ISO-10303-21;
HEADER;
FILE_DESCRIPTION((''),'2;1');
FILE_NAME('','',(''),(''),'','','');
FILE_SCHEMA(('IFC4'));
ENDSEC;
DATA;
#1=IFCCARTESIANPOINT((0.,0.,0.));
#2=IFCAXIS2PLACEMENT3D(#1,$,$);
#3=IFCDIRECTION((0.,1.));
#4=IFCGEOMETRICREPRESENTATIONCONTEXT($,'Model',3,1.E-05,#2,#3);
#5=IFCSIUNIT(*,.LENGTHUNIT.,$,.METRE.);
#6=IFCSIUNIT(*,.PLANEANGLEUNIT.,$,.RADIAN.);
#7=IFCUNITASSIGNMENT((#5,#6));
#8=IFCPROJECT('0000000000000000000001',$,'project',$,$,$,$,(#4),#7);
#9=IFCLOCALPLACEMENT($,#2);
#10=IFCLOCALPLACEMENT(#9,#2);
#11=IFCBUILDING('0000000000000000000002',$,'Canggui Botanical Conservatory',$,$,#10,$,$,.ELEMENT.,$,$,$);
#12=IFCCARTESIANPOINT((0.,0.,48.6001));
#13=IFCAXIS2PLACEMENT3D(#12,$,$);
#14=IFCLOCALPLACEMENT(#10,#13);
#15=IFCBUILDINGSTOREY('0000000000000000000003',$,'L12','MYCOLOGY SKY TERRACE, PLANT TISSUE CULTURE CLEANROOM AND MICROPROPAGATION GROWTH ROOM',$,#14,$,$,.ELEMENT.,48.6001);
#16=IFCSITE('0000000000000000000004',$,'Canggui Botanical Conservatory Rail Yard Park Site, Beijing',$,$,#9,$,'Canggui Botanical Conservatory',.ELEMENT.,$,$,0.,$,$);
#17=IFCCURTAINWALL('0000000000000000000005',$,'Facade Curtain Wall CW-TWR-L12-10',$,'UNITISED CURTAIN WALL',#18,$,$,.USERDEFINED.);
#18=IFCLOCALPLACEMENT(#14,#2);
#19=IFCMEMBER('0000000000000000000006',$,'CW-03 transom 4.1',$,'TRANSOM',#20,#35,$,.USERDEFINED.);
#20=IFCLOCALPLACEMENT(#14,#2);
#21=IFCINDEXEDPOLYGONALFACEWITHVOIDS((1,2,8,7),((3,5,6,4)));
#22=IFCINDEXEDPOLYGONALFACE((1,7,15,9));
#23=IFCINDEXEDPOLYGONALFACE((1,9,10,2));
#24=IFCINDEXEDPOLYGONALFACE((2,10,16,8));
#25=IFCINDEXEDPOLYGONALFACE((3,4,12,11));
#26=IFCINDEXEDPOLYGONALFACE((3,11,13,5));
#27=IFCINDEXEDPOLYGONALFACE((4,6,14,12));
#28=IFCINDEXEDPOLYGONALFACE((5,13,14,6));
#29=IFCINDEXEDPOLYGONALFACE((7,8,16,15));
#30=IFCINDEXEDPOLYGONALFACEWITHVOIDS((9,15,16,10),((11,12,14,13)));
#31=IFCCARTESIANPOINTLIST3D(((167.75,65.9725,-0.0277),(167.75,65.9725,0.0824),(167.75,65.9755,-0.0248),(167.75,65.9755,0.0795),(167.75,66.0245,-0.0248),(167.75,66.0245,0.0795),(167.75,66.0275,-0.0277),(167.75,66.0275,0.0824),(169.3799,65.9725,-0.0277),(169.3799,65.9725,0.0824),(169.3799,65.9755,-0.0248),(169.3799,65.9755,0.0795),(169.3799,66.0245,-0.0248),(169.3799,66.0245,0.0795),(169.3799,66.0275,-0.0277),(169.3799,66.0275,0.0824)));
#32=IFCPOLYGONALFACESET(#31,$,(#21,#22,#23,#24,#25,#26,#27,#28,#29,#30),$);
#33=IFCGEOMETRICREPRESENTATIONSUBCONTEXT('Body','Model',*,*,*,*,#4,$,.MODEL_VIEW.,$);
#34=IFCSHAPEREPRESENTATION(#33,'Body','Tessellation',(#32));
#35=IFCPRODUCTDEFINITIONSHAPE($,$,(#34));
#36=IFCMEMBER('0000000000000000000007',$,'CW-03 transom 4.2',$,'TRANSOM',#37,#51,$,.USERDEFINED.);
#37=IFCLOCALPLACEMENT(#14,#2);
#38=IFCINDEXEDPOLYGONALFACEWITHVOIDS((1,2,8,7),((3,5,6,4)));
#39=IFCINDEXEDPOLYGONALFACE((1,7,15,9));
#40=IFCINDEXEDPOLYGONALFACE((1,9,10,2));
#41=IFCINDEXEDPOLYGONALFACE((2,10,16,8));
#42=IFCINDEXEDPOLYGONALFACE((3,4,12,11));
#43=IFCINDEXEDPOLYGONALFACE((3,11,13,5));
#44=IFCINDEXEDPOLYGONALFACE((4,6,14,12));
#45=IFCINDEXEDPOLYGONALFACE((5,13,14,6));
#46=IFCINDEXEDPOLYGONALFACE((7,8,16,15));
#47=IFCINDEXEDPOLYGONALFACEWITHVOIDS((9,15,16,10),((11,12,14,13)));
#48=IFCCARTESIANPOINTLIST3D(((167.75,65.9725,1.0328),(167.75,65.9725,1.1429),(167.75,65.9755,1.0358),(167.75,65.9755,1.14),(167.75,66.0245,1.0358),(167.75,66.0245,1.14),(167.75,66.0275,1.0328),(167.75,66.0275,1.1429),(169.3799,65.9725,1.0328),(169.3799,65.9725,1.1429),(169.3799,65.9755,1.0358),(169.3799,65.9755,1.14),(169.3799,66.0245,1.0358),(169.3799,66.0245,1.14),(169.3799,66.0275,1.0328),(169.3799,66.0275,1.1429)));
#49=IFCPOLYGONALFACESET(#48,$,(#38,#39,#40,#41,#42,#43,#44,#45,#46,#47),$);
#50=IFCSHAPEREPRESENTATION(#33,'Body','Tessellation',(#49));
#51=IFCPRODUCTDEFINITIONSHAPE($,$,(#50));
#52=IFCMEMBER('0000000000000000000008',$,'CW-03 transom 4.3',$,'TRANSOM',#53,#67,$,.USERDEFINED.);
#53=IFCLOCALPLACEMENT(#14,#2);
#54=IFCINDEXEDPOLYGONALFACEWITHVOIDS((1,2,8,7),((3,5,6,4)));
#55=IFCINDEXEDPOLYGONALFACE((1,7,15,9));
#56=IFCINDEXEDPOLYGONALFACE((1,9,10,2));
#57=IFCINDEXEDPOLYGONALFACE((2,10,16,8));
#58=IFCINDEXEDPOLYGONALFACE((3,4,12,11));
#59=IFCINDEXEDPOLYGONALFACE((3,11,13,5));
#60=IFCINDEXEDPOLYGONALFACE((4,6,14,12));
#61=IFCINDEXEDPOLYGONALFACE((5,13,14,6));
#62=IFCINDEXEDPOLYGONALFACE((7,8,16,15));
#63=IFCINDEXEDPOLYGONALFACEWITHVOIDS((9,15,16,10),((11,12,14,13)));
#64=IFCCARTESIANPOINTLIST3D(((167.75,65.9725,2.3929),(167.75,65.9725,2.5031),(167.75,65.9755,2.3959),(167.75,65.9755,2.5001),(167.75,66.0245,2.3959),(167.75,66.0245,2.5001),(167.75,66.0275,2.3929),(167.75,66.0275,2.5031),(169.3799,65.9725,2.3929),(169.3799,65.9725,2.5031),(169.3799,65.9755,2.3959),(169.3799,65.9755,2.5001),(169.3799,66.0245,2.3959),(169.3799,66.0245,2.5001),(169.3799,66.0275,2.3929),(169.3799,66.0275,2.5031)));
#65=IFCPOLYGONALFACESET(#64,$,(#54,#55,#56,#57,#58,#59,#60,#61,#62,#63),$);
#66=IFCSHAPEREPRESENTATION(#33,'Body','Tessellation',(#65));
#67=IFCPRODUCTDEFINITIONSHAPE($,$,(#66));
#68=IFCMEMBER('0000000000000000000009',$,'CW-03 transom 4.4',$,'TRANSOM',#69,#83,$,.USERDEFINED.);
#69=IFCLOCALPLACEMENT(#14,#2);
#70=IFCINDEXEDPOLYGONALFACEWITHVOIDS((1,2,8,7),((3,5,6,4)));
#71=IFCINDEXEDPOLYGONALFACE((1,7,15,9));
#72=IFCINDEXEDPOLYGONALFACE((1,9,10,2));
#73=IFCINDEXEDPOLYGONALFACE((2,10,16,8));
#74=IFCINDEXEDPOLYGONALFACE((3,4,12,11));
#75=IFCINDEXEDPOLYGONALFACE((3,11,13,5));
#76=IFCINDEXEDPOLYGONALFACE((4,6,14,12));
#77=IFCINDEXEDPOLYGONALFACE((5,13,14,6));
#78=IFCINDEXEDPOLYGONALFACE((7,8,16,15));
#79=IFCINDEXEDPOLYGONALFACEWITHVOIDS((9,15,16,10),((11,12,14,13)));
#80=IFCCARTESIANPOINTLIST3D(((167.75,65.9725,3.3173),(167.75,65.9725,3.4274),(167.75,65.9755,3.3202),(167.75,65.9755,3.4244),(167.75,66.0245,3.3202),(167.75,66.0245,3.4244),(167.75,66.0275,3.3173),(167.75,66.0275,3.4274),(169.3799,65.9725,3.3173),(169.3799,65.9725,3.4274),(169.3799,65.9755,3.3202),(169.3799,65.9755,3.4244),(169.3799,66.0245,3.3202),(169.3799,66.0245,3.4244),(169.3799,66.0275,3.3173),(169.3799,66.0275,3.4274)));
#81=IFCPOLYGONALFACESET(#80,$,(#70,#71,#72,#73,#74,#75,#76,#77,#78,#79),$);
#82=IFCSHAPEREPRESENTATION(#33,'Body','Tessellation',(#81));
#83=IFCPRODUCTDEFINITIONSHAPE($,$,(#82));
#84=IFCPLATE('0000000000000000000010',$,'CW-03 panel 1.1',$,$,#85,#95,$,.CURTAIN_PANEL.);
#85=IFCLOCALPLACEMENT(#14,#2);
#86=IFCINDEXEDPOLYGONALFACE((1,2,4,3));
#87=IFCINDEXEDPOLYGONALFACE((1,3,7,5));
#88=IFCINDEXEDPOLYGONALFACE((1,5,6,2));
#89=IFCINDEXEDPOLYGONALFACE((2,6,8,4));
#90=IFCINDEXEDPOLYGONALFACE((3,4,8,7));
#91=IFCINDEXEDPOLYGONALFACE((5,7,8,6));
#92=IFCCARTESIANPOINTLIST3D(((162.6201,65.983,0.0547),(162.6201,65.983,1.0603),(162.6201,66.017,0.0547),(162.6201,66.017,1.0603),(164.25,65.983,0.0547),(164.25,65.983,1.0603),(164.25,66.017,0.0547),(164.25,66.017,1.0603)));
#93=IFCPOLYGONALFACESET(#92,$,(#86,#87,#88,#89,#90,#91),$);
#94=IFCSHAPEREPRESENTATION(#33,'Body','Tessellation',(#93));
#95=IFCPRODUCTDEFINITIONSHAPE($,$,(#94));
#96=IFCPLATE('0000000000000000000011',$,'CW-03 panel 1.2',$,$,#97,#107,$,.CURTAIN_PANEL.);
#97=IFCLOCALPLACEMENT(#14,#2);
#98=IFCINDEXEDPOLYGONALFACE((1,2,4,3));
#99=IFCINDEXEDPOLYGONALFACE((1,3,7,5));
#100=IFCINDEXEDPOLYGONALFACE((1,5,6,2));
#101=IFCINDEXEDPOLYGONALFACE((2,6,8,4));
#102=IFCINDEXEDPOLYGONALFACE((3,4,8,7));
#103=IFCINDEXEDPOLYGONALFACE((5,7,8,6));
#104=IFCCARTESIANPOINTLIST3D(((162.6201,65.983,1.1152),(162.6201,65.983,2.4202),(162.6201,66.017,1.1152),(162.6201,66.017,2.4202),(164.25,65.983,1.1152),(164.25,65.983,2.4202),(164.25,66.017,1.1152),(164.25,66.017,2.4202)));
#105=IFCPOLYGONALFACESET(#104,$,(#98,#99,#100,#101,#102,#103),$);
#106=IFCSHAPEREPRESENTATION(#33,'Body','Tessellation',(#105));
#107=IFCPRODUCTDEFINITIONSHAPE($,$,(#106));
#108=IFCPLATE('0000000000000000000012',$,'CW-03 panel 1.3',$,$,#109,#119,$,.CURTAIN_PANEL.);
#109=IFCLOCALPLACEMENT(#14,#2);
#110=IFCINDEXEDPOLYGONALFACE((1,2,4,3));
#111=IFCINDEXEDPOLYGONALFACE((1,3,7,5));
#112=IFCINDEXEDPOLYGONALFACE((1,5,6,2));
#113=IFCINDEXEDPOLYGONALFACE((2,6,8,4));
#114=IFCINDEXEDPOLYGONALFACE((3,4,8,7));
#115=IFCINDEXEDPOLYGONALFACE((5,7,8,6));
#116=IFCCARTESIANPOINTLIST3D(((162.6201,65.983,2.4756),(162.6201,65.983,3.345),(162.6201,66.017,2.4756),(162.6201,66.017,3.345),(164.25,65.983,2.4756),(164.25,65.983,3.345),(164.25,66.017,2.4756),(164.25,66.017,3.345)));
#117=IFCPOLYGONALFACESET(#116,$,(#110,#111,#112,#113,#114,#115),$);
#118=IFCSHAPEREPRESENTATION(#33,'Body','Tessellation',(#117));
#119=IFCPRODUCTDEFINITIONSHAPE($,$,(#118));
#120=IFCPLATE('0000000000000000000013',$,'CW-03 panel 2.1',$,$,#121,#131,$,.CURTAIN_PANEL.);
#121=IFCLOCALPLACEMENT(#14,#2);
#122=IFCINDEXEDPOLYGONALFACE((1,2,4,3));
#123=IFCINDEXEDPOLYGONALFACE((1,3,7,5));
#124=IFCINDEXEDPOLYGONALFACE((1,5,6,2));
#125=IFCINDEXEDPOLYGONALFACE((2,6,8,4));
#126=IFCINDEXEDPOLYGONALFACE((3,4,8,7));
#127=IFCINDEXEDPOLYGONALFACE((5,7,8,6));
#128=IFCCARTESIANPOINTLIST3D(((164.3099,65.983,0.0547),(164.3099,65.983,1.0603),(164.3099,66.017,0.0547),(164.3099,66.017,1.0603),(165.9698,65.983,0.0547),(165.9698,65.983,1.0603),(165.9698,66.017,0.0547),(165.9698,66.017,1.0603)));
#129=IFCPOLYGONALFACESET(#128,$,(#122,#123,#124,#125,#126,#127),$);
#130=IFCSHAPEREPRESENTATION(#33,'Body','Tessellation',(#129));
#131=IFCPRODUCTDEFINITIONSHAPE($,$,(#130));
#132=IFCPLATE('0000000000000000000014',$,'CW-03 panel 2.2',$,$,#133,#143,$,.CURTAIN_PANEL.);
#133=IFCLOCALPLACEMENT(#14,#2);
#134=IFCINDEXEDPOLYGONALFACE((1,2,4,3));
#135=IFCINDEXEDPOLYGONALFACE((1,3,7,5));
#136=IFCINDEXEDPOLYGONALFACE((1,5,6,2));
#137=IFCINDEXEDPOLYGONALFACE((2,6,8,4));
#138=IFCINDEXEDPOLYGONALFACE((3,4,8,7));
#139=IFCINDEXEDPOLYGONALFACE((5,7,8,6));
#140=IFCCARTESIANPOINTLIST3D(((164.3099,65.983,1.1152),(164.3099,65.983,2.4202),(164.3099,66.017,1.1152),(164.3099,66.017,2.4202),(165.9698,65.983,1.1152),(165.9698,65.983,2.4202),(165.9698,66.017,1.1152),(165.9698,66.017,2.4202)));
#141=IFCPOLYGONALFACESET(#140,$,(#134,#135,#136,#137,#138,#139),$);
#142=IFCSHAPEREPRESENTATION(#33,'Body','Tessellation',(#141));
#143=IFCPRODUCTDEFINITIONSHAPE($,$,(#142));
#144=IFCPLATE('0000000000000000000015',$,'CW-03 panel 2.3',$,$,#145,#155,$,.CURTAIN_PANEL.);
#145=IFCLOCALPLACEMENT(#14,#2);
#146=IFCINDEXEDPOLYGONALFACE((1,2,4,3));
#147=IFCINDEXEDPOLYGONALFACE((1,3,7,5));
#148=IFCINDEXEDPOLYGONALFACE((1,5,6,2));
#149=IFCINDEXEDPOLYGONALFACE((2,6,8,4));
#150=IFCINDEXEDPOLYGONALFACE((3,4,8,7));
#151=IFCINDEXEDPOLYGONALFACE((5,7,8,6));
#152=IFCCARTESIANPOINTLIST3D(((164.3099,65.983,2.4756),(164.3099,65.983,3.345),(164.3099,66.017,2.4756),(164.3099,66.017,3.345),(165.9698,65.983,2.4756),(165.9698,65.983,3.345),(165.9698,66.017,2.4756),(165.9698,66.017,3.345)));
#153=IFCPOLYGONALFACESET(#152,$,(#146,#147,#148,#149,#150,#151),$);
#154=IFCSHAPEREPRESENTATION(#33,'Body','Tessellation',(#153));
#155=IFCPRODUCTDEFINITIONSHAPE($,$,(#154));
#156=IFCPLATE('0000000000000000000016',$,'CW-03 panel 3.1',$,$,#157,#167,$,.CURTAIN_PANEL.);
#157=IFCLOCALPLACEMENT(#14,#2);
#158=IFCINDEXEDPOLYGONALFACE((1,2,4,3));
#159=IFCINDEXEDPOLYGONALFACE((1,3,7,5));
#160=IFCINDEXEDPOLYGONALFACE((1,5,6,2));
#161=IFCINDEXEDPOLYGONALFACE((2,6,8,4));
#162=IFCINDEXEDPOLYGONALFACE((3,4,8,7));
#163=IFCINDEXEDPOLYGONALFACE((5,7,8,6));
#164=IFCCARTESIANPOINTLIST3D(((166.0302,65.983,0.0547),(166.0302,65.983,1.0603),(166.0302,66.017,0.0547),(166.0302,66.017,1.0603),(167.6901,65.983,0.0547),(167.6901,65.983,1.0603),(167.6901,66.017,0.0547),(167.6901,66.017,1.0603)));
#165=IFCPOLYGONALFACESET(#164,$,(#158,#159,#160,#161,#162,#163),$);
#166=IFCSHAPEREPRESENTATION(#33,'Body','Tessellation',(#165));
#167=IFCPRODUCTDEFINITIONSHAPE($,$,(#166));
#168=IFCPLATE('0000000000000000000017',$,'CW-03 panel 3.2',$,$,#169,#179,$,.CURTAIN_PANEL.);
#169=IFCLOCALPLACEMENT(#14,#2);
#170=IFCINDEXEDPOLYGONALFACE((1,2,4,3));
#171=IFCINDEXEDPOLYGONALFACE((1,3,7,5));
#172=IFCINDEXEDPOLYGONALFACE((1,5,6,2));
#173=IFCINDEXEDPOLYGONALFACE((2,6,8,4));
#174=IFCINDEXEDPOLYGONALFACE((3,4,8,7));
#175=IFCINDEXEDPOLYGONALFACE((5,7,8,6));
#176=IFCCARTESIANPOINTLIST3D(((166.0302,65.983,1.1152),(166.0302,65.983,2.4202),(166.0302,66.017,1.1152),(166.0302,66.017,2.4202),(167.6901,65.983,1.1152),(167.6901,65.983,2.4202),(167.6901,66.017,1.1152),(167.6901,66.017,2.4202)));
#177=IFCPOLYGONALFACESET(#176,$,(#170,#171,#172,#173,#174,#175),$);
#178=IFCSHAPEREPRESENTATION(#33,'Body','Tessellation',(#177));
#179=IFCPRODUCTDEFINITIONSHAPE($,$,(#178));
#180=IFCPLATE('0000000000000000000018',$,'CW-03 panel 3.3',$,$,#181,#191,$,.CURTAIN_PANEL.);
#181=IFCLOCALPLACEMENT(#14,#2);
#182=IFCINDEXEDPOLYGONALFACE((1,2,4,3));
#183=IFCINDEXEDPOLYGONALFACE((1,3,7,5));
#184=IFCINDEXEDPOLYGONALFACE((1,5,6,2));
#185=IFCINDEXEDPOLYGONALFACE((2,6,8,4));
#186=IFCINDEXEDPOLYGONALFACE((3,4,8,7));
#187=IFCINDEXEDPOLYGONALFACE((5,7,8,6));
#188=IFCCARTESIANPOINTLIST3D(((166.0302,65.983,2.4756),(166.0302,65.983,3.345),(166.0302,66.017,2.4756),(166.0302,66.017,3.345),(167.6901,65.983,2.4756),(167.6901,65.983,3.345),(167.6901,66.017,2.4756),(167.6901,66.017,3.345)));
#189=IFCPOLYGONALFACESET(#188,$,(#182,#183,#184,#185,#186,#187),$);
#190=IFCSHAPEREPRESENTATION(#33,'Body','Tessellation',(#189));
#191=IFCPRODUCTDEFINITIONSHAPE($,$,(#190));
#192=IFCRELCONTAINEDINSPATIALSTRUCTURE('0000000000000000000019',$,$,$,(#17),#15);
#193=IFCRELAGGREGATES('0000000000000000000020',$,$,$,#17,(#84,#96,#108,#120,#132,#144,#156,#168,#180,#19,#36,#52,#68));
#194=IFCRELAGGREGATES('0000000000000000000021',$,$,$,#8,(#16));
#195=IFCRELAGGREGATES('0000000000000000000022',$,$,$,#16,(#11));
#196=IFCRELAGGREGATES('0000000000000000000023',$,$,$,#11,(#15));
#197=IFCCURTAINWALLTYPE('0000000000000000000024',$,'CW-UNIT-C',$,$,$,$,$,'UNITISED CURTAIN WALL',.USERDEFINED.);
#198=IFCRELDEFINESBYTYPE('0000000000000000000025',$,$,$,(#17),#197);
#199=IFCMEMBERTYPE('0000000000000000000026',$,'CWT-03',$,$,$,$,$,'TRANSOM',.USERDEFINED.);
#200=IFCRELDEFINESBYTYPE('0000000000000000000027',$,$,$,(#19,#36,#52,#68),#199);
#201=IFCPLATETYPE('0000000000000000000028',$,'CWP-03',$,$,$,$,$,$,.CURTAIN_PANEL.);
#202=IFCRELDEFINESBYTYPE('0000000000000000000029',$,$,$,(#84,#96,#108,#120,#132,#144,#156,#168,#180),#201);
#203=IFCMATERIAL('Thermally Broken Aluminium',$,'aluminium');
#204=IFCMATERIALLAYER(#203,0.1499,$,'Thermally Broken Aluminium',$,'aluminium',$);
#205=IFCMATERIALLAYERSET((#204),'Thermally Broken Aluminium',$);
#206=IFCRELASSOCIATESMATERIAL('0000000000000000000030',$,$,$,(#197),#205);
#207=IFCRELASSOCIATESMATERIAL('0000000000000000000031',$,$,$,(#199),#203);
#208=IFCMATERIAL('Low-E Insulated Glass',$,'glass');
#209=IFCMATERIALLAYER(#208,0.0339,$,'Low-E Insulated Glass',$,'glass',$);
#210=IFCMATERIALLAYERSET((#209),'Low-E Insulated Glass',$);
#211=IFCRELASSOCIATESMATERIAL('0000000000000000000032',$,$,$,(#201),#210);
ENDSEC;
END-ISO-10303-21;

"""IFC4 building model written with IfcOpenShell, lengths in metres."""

from ifc_helpers import new_model, si_unit, direction, frame, origin, origin_2d, place, context, subcontext, project, spatial, rectangle, hollow_rectangle, extrude, material, layer, layer_set, material_profile, profile_set, type_object, element, aggregate, save


model = new_model("IFC4")

# Units and contexts
model_context = context("Model", 3, precision=1e-05, world=origin(), true_north=direction((0.0, 1.0)))
body_context = subcontext(model_context, "Body", "Model", "MODEL_VIEW")
ifc_project = project(units=[si_unit("LENGTHUNIT", "METRE"), si_unit("PLANEANGLEUNIT", "RADIAN")], contexts=[model_context])

# Site, building, storey
site_placement = place(None, origin())
site = spatial("IfcSite", under=ifc_project, at=site_placement, Name="Canggui Botanical Conservatory Rail Yard Park Site, Beijing", LongName="Canggui Botanical Conservatory", CompositionType="ELEMENT", RefElevation=0.0)
building_placement = place(site_placement, origin())
building = spatial("IfcBuilding", under=site, at=building_placement, Name="Canggui Botanical Conservatory", CompositionType="ELEMENT")
storey_placement = place(building_placement, frame((0.0, 0.0, 48.6001)))
storey = spatial("IfcBuildingStorey", under=building, at=storey_placement, Name="L12", Description="MYCOLOGY SKY TERRACE, PLANT TISSUE CULTURE CLEANROOM AND MICROPROPAGATION GROWTH ROOM", CompositionType="ELEMENT", Elevation=48.6001)

# Curtain wall, members, plates
ifc_material_1 = material(Name="Thermally Broken Aluminium", Category="aluminium")
ifc_layer_1 = layer(ifc_material_1, 0.1499, Name="Thermally Broken Aluminium", Category="aluminium")
ifc_layer_set_1 = layer_set([ifc_layer_1], Name="Thermally Broken Aluminium")
curtain_wall_type = type_object("IfcCurtainWallType", Name="CW-UNIT-C", ElementType="UNITISED CURTAIN WALL", PredefinedType="USERDEFINED", material=ifc_layer_set_1)
curtain_wall_placement = place(storey_placement, origin())
curtain_wall = element("IfcCurtainWall", 1, at=curtain_wall_placement, inside=storey, type_object=curtain_wall_type, Name="Facade Curtain Wall CW-TWR-L12-10", ObjectType="UNITISED CURTAIN WALL", PredefinedType="USERDEFINED")
ifc_material_profile_1 = material_profile(ifc_material_1, hollow_rectangle(XDim=0.0549, YDim=0.1101, WallThickness=0.0029, at=origin_2d()), Name="CWT 55x110x3")
ifc_profile_set_1 = profile_set([ifc_material_profile_1], Name="Thermally Broken Aluminium")
member_type_1 = type_object("IfcMemberType", Name="CWT-03", ElementType="TRANSOM", PredefinedType="USERDEFINED", material=ifc_profile_set_1)
member_1_placement = place(storey_placement, frame((167.75, 66.0, 0.0273), z_axis=(1.0, 0.0, 0.0), x_axis=(0.0, 1.0, 0.0)))
member_1 = element("IfcMember", 2, at=member_1_placement, type_object=member_type_1, Name="CW-03 transom 4.1", ObjectType="TRANSOM", PredefinedType="USERDEFINED", context=body_context, shape_type="SweptSolid", body=[
    extrude(hollow_rectangle(XDim=0.0549, YDim=0.1101, WallThickness=0.0029, at=origin_2d()), origin(), (0.0, 0.0, 1.0), 1.6299),
])
member_2_placement = place(storey_placement, frame((167.75, 66.0, 1.0879), z_axis=(1.0, 0.0, 0.0), x_axis=(0.0, 1.0, 0.0)))
member_2 = element("IfcMember", 3, at=member_2_placement, type_object=member_type_1, Name="CW-03 transom 4.2", ObjectType="TRANSOM", PredefinedType="USERDEFINED", context=body_context, shape_type="SweptSolid", body=[
    extrude(hollow_rectangle(XDim=0.0549, YDim=0.1101, WallThickness=0.0029, at=origin_2d()), origin(), (0.0, 0.0, 1.0), 1.6299),
])
member_3_placement = place(storey_placement, frame((167.75, 66.0, 2.448), z_axis=(1.0, 0.0, 0.0), x_axis=(0.0, 1.0, 0.0)))
member_3 = element("IfcMember", 4, at=member_3_placement, type_object=member_type_1, Name="CW-03 transom 4.3", ObjectType="TRANSOM", PredefinedType="USERDEFINED", context=body_context, shape_type="SweptSolid", body=[
    extrude(hollow_rectangle(XDim=0.0549, YDim=0.1101, WallThickness=0.0029, at=origin_2d()), origin(), (0.0, 0.0, 1.0), 1.6299),
])
member_4_placement = place(storey_placement, frame((167.75, 66.0, 3.3723), z_axis=(1.0, 0.0, 0.0), x_axis=(0.0, 1.0, 0.0)))
member_4 = element("IfcMember", 5, at=member_4_placement, type_object=member_type_1, Name="CW-03 transom 4.4", ObjectType="TRANSOM", PredefinedType="USERDEFINED", context=body_context, shape_type="SweptSolid", body=[
    extrude(hollow_rectangle(XDim=0.0549, YDim=0.1101, WallThickness=0.0029, at=origin_2d()), origin(), (0.0, 0.0, 1.0), 1.6299),
])
ifc_material_2 = material(Name="Low-E Insulated Glass", Category="glass")
ifc_layer_2 = layer(ifc_material_2, 0.0339, Name="Low-E Insulated Glass", Category="glass")
ifc_layer_set_2 = layer_set([ifc_layer_2], Name="Low-E Insulated Glass")
plate_type = type_object("IfcPlateType", Name="CWP-03", PredefinedType="CURTAIN_PANEL", material=ifc_layer_set_2)
plate_1_placement = place(storey_placement, frame((163.4351, 66.0, 0.0547), z_axis=(0.0, 0.0, 1.0), x_axis=(1.0, 0.0, 0.0)))
plate_1 = element("IfcPlate", 6, at=plate_1_placement, type_object=plate_type, Name="CW-03 panel 1.1", PredefinedType="CURTAIN_PANEL", context=body_context, shape_type="SweptSolid", body=[
    extrude(rectangle(XDim=1.6299, YDim=0.0339, at=origin_2d()), origin(), (0.0, 0.0, 1.0), 1.0056),
])
plate_2_placement = place(storey_placement, frame((163.4351, 66.0, 1.1152), z_axis=(0.0, 0.0, 1.0), x_axis=(1.0, 0.0, 0.0)))
plate_2 = element("IfcPlate", 7, at=plate_2_placement, type_object=plate_type, Name="CW-03 panel 1.2", PredefinedType="CURTAIN_PANEL", context=body_context, shape_type="SweptSolid", body=[
    extrude(rectangle(XDim=1.6299, YDim=0.0339, at=origin_2d()), origin(), (0.0, 0.0, 1.0), 1.3049),
])
plate_3_placement = place(storey_placement, frame((163.4351, 66.0, 2.4756), z_axis=(0.0, 0.0, 1.0), x_axis=(1.0, 0.0, 0.0)))
plate_3 = element("IfcPlate", 8, at=plate_3_placement, type_object=plate_type, Name="CW-03 panel 1.3", PredefinedType="CURTAIN_PANEL", context=body_context, shape_type="SweptSolid", body=[
    extrude(rectangle(XDim=1.6299, YDim=0.0339, at=origin_2d()), origin(), (0.0, 0.0, 1.0), 0.8694),
])
plate_4_placement = place(storey_placement, frame((165.1399, 66.0, 0.0547), z_axis=(0.0, 0.0, 1.0), x_axis=(1.0, 0.0, 0.0)))
plate_4 = element("IfcPlate", 9, at=plate_4_placement, type_object=plate_type, Name="CW-03 panel 2.1", PredefinedType="CURTAIN_PANEL", context=body_context, shape_type="SweptSolid", body=[
    extrude(rectangle(XDim=1.6599, YDim=0.0339, at=origin_2d()), origin(), (0.0, 0.0, 1.0), 1.0056),
])
plate_5_placement = place(storey_placement, frame((165.1399, 66.0, 1.1152), z_axis=(0.0, 0.0, 1.0), x_axis=(1.0, 0.0, 0.0)))
plate_5 = element("IfcPlate", 10, at=plate_5_placement, type_object=plate_type, Name="CW-03 panel 2.2", PredefinedType="CURTAIN_PANEL", context=body_context, shape_type="SweptSolid", body=[
    extrude(rectangle(XDim=1.6599, YDim=0.0339, at=origin_2d()), origin(), (0.0, 0.0, 1.0), 1.3049),
])
plate_6_placement = place(storey_placement, frame((165.1399, 66.0, 2.4756), z_axis=(0.0, 0.0, 1.0), x_axis=(1.0, 0.0, 0.0)))
plate_6 = element("IfcPlate", 11, at=plate_6_placement, type_object=plate_type, Name="CW-03 panel 2.3", PredefinedType="CURTAIN_PANEL", context=body_context, shape_type="SweptSolid", body=[
    extrude(rectangle(XDim=1.6599, YDim=0.0339, at=origin_2d()), origin(), (0.0, 0.0, 1.0), 0.8694),
])
plate_7_placement = place(storey_placement, frame((166.8601, 66.0, 0.0547), z_axis=(0.0, 0.0, 1.0), x_axis=(1.0, 0.0, 0.0)))
plate_7 = element("IfcPlate", 12, at=plate_7_placement, type_object=plate_type, Name="CW-03 panel 3.1", PredefinedType="CURTAIN_PANEL", context=body_context, shape_type="SweptSolid", body=[
    extrude(rectangle(XDim=1.6599, YDim=0.0339, at=origin_2d()), origin(), (0.0, 0.0, 1.0), 1.0056),
])
plate_8_placement = place(storey_placement, frame((166.8601, 66.0, 1.1152), z_axis=(0.0, 0.0, 1.0), x_axis=(1.0, 0.0, 0.0)))
plate_8 = element("IfcPlate", 13, at=plate_8_placement, type_object=plate_type, Name="CW-03 panel 3.2", PredefinedType="CURTAIN_PANEL", context=body_context, shape_type="SweptSolid", body=[
    extrude(rectangle(XDim=1.6599, YDim=0.0339, at=origin_2d()), origin(), (0.0, 0.0, 1.0), 1.3049),
])
plate_9_placement = place(storey_placement, frame((166.8601, 66.0, 2.4756), z_axis=(0.0, 0.0, 1.0), x_axis=(1.0, 0.0, 0.0)))
plate_9 = element("IfcPlate", 14, at=plate_9_placement, type_object=plate_type, Name="CW-03 panel 3.3", PredefinedType="CURTAIN_PANEL", context=body_context, shape_type="SweptSolid", body=[
    extrude(rectangle(XDim=1.6599, YDim=0.0339, at=origin_2d()), origin(), (0.0, 0.0, 1.0), 0.8694),
])
aggregate(curtain_wall, [plate_1, plate_2, plate_3, plate_4, plate_5, plate_6, plate_7, plate_8, plate_9, member_1, member_2, member_3, member_4])

save(model, "model.ifc")
